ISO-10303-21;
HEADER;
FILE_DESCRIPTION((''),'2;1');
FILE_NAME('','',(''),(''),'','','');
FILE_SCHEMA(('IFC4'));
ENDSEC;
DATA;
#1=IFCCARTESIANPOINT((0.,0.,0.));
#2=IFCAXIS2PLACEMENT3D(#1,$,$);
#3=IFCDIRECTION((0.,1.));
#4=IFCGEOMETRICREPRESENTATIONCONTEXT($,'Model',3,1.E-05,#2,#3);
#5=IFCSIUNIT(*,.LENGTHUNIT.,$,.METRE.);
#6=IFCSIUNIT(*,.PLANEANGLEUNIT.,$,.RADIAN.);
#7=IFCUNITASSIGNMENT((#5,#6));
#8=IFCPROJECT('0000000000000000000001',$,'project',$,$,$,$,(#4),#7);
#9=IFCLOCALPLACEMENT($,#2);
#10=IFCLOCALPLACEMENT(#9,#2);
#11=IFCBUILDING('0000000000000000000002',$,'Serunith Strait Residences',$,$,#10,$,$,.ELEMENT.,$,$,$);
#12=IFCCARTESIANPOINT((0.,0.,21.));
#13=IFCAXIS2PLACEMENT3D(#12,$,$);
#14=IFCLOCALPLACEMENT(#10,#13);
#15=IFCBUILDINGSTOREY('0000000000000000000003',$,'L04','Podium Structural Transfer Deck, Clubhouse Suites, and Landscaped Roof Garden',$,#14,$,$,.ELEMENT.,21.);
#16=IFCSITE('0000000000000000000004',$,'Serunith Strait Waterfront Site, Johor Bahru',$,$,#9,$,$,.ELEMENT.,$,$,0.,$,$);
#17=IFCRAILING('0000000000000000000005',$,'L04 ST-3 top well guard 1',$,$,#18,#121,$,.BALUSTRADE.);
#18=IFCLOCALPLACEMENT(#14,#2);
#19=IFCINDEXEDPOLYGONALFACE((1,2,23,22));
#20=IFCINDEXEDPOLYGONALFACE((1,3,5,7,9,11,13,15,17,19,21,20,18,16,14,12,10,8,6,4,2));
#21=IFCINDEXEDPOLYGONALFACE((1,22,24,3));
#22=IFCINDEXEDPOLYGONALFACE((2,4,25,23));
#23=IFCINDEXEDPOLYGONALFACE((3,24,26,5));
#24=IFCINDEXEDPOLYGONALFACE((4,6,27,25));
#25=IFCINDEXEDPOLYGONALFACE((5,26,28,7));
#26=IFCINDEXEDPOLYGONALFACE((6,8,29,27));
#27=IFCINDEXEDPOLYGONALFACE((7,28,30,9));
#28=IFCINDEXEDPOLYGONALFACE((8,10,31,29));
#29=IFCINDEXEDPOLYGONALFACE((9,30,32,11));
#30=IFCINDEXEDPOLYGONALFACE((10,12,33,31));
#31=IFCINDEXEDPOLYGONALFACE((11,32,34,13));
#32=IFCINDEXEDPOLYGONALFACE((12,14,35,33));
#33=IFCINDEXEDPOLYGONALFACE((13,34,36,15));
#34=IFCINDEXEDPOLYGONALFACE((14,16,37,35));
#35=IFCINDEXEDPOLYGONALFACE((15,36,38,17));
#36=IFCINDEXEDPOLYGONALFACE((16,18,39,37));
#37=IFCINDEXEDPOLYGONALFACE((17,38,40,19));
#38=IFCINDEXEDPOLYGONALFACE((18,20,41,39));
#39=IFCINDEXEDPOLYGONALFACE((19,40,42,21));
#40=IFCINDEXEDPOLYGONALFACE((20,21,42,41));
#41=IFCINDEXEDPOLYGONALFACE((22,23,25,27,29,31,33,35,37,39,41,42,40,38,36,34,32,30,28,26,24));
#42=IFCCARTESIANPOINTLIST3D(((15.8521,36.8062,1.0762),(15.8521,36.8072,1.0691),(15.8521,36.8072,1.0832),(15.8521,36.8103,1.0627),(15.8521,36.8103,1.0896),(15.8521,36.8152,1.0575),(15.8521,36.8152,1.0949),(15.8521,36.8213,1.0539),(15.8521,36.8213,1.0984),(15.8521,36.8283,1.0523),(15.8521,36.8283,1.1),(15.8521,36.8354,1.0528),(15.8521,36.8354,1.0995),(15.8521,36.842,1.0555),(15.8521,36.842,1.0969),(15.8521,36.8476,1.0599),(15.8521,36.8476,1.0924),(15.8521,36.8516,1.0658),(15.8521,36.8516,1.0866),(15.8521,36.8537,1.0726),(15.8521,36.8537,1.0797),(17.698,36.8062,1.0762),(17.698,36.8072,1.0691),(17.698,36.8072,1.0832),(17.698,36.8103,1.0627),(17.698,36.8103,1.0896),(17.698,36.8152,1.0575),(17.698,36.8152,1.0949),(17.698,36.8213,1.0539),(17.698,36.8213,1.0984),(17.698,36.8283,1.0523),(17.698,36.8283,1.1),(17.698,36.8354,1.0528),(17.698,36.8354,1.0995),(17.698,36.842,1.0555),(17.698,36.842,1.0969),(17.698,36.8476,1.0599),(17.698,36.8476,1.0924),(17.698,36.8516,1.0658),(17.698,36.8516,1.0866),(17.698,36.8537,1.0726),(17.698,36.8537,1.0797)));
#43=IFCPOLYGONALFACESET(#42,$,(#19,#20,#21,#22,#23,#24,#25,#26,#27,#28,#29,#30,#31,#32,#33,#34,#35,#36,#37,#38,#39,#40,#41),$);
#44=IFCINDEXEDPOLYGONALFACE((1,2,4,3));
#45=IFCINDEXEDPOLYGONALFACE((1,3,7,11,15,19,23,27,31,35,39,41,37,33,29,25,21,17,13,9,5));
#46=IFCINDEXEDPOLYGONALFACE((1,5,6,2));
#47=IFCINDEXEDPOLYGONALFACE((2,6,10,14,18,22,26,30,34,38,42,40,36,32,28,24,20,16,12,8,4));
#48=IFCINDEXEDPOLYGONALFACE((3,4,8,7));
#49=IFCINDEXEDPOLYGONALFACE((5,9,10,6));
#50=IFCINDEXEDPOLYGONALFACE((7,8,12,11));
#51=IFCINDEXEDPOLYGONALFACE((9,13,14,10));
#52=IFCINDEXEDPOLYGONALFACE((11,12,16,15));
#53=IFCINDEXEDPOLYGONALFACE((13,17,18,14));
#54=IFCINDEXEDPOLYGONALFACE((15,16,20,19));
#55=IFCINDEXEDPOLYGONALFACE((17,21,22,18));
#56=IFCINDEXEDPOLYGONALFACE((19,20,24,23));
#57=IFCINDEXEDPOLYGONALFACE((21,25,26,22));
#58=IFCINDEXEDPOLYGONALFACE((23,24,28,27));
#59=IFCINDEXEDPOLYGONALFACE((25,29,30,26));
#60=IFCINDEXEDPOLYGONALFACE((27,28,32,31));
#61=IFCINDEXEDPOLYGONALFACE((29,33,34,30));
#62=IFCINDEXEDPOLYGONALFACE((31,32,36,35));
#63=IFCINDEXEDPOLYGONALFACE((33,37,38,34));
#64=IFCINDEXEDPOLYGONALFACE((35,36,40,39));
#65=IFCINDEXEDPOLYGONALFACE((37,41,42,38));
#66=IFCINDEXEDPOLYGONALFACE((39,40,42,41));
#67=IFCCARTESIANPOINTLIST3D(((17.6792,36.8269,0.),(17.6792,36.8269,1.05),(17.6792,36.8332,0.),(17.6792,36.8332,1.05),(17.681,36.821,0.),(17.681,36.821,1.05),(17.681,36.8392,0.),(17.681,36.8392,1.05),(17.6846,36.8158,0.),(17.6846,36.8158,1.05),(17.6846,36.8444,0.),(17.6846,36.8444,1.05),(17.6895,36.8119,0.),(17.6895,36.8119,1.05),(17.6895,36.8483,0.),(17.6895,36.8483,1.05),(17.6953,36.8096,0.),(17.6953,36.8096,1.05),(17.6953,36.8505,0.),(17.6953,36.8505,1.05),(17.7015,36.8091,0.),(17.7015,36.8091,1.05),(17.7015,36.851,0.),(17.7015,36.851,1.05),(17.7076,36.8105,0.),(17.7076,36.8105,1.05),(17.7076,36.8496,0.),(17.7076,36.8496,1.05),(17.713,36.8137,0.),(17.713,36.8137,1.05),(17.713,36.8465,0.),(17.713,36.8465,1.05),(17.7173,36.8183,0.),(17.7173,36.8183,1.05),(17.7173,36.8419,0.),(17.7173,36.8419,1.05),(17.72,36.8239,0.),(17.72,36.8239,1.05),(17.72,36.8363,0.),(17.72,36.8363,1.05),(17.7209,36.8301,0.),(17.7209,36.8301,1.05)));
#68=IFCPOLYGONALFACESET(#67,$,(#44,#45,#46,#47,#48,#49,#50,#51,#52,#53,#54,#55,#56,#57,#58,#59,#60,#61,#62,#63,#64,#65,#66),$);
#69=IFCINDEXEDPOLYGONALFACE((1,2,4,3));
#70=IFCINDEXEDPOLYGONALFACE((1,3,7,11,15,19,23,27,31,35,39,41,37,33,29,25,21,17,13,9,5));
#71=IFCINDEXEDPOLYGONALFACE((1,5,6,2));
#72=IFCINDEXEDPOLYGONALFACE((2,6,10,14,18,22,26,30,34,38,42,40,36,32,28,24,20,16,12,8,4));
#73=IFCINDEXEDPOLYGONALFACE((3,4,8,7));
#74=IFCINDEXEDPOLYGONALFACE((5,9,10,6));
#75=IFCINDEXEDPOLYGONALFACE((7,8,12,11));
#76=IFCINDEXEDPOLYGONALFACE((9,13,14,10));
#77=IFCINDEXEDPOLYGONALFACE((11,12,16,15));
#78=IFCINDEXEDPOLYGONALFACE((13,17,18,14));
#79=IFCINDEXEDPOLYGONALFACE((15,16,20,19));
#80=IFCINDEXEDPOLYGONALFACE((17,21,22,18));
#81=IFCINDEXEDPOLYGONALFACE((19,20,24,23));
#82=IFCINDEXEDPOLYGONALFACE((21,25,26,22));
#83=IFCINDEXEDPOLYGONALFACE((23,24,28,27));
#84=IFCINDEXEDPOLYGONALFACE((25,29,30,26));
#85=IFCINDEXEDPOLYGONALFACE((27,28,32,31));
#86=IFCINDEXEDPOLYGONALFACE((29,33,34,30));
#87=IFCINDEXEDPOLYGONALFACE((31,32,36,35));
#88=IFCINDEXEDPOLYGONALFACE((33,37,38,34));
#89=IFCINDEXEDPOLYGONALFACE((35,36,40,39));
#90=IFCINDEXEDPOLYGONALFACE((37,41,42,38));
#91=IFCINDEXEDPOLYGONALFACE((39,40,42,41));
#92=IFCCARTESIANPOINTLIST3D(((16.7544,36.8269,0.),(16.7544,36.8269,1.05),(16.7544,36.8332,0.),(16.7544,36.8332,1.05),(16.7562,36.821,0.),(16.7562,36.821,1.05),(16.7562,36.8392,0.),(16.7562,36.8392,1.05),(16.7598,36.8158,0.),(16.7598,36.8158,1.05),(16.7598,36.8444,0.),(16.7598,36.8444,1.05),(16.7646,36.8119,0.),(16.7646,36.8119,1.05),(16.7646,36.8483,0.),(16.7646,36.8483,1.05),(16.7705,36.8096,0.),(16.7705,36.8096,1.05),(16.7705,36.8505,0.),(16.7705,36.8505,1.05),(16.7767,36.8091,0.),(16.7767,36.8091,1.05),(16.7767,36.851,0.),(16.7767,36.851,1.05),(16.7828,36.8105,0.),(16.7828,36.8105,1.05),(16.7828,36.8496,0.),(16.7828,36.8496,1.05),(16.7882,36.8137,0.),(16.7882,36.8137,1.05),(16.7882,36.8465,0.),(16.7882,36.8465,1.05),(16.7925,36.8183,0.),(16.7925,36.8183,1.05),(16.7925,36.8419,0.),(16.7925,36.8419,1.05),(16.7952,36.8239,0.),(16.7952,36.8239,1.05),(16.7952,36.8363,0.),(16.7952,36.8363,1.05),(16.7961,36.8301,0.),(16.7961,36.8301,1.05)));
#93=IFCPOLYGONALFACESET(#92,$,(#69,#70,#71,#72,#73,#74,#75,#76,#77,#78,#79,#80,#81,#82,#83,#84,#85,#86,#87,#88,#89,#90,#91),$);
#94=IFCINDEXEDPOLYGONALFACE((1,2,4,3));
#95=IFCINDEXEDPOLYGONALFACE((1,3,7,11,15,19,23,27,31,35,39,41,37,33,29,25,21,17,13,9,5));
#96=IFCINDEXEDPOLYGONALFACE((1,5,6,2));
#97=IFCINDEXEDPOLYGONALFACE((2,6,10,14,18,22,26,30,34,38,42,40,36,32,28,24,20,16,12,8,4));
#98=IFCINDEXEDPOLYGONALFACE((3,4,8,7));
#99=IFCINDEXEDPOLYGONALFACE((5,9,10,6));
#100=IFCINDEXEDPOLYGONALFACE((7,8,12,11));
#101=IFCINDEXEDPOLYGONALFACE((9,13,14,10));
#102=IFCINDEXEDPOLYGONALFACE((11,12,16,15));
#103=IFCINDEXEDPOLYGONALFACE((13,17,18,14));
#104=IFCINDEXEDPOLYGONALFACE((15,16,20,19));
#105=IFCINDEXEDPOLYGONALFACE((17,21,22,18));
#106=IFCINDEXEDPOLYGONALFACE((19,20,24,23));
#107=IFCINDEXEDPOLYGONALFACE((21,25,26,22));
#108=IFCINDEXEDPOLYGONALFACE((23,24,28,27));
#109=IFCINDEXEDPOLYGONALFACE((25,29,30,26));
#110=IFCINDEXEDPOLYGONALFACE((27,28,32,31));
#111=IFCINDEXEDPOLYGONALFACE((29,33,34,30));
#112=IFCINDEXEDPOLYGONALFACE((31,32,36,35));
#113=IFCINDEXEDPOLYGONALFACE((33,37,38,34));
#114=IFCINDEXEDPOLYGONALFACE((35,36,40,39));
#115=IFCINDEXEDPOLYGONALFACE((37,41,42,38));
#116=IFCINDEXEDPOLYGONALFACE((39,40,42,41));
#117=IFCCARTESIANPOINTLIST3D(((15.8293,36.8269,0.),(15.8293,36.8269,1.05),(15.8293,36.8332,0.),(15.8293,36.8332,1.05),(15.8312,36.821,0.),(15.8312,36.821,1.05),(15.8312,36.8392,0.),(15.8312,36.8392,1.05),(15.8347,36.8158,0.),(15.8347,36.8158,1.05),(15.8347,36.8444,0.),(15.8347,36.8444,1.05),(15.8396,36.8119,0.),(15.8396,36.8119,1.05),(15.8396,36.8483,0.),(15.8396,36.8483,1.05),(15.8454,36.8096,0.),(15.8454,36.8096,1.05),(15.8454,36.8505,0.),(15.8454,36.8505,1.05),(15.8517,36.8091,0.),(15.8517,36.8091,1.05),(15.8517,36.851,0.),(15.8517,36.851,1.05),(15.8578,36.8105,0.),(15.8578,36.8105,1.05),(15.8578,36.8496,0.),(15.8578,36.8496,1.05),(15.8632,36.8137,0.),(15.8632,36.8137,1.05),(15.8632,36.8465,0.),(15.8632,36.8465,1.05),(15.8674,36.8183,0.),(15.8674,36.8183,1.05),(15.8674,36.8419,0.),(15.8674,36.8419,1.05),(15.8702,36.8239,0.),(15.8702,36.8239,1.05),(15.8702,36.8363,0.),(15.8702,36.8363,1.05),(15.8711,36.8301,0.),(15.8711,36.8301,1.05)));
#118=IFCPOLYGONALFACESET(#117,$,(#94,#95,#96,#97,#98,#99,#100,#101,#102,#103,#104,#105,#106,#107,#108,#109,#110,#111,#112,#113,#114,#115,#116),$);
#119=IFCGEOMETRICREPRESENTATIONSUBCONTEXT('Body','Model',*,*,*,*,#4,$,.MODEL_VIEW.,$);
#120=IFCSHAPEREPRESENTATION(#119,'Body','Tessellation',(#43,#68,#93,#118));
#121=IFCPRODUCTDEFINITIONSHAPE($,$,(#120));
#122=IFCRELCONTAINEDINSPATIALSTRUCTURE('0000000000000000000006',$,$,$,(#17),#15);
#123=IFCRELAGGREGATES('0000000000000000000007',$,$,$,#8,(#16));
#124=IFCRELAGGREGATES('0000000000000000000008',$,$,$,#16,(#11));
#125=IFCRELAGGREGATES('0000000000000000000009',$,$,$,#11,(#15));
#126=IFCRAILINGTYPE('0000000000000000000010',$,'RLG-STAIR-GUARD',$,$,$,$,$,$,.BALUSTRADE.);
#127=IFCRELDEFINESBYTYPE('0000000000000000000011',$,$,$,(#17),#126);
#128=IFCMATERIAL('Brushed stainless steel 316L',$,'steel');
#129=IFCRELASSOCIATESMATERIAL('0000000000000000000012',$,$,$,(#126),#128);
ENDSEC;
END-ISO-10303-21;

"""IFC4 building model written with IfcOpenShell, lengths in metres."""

from ifc_helpers import new_model, si_unit, direction, frame, origin, origin_2d, place, context, subcontext, project, spatial, circle, extrude, material, type_object, element, save


model = new_model("IFC4")

# Units and contexts
model_context = context("Model", 3, precision=1e-05, world=origin(), true_north=direction((0.0, 1.0)))
body_context = subcontext(model_context, "Body", "Model", "MODEL_VIEW")
ifc_project = project(units=[si_unit("LENGTHUNIT", "METRE"), si_unit("PLANEANGLEUNIT", "RADIAN")], contexts=[model_context])

# Site, building, storey
site_placement = place(None, origin())
site = spatial("IfcSite", under=ifc_project, at=site_placement, Name="Serunith Strait Waterfront Site, Johor Bahru", CompositionType="ELEMENT", RefElevation=0.0)
building_placement = place(site_placement, origin())
building = spatial("IfcBuilding", under=site, at=building_placement, Name="Serunith Strait Residences", CompositionType="ELEMENT")
storey_placement = place(building_placement, frame((0.0, 0.0, 21.0)))
storey = spatial("IfcBuildingStorey", under=building, at=storey_placement, Name="L04", Description="Podium Structural Transfer Deck, Clubhouse Suites, and Landscaped Roof Garden", CompositionType="ELEMENT", Elevation=21.0)

# Railing
ifc_material_1 = material(Name="Brushed stainless steel 316L", Category="steel")
railing_type = type_object("IfcRailingType", Name="RLG-STAIR-GUARD", PredefinedType="BALUSTRADE", material=ifc_material_1)
railing_1_placement = place(storey_placement, frame((17.7, 36.8301, 0.0)))
element("IfcRailing", 1, at=railing_1_placement, inside=storey, type_object=railing_type, Name="L04 ST-3 top well guard 1", PredefinedType="BALUSTRADE", context=body_context, shape_type="SweptSolid", body=[
    extrude(circle(Radius=0.0239, at=origin_2d()), frame((-0.002, 0.0, 1.0762), z_axis=(-1.0, 0.0, 0.0), x_axis=(0.0, -1.0, 0.0)), (0.0, 0.0, 1.0), 1.8459),
    extrude(circle(Radius=0.021, at=origin_2d()), origin(), (0.0, 0.0, 1.0), 1.05),
    extrude(circle(Radius=0.021, at=origin_2d()), frame((-0.9248, 0.0, 0.0)), (0.0, 0.0, 1.0), 1.05),
    extrude(circle(Radius=0.021, at=origin_2d()), frame((-1.8499, 0.0, 0.0)), (0.0, 0.0, 1.0), 1.05),
])

save(model, "model.ifc")
